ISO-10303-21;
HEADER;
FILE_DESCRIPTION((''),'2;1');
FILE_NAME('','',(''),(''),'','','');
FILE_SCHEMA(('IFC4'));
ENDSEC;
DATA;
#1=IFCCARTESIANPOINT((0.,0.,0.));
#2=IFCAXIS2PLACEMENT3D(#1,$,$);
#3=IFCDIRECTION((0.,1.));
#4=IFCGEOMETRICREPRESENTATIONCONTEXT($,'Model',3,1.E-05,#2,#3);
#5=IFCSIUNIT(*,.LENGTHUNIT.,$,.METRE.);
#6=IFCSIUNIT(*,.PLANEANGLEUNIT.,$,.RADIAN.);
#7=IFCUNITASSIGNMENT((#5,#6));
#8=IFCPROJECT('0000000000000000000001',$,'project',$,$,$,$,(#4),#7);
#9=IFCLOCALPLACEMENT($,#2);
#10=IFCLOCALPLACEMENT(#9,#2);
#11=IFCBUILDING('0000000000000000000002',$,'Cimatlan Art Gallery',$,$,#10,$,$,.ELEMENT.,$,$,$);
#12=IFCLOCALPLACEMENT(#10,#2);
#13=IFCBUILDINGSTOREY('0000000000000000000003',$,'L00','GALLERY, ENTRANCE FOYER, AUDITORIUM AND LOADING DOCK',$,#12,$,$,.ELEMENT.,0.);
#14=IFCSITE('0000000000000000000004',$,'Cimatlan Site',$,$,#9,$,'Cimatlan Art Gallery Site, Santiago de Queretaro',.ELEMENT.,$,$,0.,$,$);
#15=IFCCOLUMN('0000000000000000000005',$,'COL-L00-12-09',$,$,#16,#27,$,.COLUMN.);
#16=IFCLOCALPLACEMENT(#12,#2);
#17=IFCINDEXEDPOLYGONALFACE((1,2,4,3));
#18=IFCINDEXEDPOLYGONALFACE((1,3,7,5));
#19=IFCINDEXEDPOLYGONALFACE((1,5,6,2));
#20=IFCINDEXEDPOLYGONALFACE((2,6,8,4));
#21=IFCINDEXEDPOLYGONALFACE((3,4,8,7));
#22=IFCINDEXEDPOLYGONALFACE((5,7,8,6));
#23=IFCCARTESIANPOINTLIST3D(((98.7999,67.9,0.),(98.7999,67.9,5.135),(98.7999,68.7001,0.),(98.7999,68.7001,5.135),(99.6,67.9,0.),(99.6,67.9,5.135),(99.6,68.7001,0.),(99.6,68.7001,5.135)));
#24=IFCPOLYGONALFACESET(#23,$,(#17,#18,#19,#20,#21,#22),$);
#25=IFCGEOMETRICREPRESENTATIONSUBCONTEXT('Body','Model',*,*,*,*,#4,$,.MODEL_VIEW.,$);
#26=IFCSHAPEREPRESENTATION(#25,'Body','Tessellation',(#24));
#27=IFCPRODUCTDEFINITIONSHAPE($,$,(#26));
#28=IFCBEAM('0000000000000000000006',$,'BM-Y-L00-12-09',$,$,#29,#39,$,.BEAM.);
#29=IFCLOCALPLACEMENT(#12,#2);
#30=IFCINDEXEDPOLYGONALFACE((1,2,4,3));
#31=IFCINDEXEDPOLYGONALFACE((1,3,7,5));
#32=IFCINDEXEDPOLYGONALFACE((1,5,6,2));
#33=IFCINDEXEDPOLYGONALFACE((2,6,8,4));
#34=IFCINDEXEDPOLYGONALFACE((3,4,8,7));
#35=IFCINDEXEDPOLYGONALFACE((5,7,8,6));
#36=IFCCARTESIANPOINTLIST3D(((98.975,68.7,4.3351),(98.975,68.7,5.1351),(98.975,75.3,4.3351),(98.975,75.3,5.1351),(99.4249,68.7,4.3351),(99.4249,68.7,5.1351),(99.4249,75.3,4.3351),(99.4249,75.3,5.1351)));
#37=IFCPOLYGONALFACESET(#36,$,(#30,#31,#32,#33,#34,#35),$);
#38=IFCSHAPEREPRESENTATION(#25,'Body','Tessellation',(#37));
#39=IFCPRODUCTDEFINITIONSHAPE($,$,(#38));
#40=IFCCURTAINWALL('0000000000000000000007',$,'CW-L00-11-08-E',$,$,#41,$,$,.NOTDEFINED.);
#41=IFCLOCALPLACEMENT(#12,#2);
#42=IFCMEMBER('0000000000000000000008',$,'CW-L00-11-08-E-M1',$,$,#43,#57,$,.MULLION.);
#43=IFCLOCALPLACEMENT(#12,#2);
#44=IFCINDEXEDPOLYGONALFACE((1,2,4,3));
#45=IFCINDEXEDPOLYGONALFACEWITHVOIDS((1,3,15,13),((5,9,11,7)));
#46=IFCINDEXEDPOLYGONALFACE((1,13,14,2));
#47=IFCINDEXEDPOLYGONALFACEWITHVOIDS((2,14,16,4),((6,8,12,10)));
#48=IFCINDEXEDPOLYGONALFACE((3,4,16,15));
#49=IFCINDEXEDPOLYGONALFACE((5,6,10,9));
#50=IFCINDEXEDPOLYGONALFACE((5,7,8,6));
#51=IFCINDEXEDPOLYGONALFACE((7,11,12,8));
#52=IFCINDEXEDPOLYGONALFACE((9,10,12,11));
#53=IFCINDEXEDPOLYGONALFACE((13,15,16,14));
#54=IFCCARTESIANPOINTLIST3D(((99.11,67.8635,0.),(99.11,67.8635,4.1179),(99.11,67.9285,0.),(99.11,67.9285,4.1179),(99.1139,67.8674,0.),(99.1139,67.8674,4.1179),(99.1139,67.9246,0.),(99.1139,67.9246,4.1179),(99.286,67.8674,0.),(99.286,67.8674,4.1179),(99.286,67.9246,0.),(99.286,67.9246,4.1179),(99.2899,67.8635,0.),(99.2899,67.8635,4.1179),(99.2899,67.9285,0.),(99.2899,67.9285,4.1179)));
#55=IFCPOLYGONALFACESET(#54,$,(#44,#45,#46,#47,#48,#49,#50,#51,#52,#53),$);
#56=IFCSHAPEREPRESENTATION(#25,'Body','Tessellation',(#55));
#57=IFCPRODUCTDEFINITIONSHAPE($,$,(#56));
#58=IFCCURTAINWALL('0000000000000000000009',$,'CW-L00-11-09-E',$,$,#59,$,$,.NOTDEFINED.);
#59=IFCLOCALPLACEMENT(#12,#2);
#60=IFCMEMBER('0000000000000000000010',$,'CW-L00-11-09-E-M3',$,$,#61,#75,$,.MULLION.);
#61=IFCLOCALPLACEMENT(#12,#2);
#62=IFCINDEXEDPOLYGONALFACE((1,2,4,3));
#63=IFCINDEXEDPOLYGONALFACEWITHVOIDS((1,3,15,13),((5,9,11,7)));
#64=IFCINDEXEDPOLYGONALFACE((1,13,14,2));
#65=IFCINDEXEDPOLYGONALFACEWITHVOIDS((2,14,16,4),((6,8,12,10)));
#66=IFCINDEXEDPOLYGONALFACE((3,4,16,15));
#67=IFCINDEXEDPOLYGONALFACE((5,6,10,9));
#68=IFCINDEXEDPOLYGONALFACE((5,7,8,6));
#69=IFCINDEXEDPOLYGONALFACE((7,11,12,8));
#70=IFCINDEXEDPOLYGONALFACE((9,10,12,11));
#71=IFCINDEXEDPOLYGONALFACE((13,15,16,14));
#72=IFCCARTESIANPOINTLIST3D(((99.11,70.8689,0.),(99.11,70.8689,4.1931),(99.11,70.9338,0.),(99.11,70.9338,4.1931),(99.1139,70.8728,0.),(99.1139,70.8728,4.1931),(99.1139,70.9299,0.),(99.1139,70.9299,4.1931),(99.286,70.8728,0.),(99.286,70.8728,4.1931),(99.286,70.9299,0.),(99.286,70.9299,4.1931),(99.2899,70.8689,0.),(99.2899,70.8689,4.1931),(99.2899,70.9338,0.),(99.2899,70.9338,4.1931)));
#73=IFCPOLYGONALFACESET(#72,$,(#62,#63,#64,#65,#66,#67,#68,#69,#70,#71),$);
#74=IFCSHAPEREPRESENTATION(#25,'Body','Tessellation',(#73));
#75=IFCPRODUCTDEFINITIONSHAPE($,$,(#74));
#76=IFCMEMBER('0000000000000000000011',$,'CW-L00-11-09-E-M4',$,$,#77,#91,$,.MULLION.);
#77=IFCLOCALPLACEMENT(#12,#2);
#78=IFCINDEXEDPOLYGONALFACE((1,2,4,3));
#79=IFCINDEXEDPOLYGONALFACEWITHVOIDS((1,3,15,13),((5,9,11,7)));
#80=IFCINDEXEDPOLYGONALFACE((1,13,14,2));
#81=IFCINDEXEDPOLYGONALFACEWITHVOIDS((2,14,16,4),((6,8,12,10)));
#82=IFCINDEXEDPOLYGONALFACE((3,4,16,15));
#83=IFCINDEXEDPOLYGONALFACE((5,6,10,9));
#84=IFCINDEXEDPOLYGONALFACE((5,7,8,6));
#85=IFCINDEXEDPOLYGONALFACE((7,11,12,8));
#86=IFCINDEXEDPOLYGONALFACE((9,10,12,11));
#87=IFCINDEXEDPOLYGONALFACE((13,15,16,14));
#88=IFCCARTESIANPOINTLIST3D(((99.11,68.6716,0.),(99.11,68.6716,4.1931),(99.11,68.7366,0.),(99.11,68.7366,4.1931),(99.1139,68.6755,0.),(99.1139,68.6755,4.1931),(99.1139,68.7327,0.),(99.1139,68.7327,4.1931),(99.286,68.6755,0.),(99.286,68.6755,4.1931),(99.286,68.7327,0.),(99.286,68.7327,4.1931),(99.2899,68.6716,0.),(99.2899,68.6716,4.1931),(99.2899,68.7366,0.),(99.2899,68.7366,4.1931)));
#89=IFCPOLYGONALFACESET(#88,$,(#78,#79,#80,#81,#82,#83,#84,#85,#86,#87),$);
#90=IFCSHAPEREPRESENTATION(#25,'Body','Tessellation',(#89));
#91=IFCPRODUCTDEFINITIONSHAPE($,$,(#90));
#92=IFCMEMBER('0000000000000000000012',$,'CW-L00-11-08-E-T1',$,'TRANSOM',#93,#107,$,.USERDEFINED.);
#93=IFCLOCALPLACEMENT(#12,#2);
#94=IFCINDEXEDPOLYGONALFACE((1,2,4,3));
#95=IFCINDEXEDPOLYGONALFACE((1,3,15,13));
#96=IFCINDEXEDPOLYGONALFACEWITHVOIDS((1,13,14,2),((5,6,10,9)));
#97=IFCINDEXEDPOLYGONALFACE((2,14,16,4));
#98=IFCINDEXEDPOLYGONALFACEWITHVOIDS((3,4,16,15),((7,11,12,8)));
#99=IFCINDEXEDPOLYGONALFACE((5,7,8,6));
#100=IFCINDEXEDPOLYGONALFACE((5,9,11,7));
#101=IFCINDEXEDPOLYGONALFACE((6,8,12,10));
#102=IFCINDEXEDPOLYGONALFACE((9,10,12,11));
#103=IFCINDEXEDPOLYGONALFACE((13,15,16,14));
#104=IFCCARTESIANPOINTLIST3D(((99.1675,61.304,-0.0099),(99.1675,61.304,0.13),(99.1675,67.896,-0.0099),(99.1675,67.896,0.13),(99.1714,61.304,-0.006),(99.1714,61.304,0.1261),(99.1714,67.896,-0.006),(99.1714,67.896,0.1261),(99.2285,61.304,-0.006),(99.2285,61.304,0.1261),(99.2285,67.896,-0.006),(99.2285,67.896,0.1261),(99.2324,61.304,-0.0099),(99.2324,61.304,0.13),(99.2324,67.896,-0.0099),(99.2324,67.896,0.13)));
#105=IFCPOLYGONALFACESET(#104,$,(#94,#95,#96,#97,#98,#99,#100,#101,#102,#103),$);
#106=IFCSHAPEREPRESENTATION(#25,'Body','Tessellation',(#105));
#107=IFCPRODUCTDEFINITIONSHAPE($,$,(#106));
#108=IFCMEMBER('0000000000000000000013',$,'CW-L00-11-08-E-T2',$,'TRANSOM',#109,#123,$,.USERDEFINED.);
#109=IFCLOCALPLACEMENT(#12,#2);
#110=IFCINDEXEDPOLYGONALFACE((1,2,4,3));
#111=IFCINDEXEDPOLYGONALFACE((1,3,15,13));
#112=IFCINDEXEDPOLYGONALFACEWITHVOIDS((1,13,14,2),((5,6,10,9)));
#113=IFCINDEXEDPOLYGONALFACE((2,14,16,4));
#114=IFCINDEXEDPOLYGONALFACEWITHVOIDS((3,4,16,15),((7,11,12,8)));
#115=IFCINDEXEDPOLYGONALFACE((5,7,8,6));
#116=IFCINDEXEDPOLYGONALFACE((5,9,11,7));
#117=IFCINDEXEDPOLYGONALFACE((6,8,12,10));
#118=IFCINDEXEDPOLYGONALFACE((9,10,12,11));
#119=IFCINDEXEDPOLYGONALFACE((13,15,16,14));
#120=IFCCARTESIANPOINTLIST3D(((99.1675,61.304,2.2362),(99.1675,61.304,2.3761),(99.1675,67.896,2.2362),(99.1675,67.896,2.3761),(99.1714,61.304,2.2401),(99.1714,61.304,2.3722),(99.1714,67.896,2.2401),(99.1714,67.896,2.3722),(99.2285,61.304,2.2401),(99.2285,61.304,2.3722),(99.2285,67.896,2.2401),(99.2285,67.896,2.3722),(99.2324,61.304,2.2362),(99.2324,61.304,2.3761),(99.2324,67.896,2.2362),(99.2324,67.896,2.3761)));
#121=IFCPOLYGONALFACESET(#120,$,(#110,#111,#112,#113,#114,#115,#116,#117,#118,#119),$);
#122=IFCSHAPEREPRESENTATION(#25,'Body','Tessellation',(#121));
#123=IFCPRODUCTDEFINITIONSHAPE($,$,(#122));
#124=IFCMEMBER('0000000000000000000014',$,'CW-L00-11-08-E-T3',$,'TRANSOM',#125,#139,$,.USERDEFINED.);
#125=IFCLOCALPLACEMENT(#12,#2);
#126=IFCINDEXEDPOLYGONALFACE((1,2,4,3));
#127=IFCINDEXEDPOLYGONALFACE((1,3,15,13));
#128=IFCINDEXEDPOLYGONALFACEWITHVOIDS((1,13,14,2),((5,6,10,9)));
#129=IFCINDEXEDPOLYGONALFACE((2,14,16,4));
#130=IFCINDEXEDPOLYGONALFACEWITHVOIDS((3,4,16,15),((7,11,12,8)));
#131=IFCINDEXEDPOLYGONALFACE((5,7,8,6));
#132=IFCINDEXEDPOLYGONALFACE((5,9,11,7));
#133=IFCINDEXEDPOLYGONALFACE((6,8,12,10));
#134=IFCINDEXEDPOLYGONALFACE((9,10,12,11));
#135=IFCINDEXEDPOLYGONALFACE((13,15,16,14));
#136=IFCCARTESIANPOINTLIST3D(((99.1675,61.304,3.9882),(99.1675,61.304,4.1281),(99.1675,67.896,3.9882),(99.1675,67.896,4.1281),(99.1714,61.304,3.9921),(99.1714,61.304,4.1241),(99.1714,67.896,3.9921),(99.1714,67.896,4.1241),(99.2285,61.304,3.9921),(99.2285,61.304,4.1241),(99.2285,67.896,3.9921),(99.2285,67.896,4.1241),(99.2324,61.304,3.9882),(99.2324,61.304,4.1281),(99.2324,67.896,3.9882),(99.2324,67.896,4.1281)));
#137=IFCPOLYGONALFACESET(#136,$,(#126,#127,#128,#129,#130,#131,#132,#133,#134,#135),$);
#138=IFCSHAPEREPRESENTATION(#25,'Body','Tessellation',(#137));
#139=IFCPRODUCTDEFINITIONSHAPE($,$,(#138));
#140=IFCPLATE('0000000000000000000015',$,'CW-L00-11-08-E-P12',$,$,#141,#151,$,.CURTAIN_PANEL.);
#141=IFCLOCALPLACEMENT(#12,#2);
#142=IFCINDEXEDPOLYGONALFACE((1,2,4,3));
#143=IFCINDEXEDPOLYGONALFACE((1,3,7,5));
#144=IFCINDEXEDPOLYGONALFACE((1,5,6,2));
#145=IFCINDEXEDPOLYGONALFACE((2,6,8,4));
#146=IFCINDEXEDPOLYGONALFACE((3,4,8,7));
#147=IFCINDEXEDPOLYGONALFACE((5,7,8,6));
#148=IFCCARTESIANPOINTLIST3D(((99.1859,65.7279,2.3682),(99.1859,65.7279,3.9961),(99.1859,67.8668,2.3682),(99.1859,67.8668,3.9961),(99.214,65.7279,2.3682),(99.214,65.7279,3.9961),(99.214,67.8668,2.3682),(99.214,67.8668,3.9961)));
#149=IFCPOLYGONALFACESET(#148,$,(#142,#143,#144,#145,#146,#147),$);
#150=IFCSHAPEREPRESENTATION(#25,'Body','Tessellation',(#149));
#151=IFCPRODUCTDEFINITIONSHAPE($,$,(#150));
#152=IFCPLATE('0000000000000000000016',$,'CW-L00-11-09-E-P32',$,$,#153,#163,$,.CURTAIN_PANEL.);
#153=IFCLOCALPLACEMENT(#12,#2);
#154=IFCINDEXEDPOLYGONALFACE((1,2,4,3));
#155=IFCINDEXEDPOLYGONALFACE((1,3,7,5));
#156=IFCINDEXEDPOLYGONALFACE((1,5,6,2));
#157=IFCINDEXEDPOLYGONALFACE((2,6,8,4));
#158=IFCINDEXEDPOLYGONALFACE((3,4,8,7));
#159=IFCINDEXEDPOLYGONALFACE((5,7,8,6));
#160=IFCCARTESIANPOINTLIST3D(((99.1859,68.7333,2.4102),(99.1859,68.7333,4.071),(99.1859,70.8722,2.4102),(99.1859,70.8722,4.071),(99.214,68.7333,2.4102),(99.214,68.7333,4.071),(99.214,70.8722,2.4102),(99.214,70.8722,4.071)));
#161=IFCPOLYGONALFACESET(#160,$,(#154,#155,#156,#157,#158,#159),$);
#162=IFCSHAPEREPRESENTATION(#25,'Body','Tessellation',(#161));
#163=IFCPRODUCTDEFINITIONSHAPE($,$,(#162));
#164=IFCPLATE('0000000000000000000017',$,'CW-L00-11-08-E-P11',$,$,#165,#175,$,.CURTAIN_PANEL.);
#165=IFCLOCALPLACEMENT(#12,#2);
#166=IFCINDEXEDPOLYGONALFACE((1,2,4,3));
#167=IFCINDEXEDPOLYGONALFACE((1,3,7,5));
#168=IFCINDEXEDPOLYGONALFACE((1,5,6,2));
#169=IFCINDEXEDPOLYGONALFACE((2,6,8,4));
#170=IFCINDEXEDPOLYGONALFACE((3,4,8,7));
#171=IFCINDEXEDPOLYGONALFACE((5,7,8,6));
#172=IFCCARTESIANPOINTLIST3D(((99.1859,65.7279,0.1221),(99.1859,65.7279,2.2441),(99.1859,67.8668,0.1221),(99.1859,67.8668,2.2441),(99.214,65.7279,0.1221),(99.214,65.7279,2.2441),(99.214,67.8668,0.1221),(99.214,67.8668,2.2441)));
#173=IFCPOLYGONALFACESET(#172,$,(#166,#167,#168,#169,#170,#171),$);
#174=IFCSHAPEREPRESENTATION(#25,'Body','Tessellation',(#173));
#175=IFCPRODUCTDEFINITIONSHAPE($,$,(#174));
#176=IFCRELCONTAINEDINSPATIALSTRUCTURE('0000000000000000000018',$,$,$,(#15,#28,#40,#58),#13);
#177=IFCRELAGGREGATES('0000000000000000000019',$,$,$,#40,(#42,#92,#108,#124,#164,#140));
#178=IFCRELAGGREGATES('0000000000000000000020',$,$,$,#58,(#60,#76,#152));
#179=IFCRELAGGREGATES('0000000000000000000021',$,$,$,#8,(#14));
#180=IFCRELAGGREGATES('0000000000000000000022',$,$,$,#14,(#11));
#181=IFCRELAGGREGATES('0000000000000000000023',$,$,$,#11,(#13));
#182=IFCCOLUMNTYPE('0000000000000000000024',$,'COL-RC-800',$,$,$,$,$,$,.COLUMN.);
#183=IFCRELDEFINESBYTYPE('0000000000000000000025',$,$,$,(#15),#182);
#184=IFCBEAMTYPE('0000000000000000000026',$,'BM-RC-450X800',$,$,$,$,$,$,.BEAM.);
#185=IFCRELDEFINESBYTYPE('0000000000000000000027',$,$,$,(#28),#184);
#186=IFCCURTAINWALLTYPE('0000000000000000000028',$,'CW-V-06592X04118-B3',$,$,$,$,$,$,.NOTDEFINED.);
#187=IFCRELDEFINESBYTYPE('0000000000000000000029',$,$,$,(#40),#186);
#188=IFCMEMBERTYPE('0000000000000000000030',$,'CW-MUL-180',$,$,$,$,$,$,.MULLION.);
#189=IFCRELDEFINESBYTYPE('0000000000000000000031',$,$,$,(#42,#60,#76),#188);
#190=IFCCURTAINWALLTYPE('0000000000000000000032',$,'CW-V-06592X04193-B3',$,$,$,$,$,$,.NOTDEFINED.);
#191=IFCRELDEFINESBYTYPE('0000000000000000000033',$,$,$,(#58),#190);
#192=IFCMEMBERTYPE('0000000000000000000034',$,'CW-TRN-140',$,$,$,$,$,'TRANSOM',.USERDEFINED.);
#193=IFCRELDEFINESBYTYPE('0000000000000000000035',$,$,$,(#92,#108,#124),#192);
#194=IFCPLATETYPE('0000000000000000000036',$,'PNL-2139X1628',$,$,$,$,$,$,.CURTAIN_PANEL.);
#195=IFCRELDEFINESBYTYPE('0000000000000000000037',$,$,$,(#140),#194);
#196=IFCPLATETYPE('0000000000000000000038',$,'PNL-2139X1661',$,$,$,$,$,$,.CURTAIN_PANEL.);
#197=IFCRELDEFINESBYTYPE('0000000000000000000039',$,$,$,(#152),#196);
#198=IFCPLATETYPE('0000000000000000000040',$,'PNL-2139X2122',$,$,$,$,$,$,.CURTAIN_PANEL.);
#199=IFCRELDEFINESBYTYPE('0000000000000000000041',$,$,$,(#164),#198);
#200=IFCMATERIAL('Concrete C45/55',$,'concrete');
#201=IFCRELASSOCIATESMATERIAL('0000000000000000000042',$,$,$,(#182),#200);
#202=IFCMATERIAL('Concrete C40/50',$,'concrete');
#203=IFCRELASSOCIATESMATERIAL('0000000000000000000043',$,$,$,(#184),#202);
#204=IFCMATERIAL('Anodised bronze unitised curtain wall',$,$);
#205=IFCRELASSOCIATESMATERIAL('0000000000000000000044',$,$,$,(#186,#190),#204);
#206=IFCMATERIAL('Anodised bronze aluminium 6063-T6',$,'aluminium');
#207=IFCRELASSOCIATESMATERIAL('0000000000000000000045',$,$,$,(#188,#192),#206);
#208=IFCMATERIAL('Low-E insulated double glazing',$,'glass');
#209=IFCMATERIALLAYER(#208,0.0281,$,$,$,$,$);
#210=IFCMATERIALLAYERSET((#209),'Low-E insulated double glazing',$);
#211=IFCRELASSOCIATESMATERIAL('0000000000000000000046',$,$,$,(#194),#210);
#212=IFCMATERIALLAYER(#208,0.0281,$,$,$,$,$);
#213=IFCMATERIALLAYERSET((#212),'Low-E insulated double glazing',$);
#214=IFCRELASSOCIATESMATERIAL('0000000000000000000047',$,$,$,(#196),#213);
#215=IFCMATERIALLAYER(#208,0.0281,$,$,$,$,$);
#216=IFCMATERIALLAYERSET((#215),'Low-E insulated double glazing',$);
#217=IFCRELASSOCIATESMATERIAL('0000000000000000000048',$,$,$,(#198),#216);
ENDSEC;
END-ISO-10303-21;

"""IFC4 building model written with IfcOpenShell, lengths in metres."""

from ifc_helpers import new_model, si_unit, direction, frame, origin, origin_2d, place, context, subcontext, project, spatial, rectangle, hollow_rectangle, extrude, material, layer, layer_set, material_profile, profile_set, type_object, element, aggregate, save


model = new_model("IFC4")

# Units and contexts
model_context = context("Model", 3, precision=1e-05, world=origin(), true_north=direction((0.0, 1.0)))
body_context = subcontext(model_context, "Body", "Model", "MODEL_VIEW")
ifc_project = project(units=[si_unit("LENGTHUNIT", "METRE"), si_unit("PLANEANGLEUNIT", "RADIAN")], contexts=[model_context])

# Site, building, storey
site_placement = place(None, origin())
site = spatial("IfcSite", under=ifc_project, at=site_placement, Name="Cimatlan Site", LongName="Cimatlan Art Gallery Site, Santiago de Queretaro", CompositionType="ELEMENT", RefElevation=0.0)
building_placement = place(site_placement, origin())
building = spatial("IfcBuilding", under=site, at=building_placement, Name="Cimatlan Art Gallery", CompositionType="ELEMENT")
storey_placement = place(building_placement, origin())
storey = spatial("IfcBuildingStorey", under=building, at=storey_placement, Name="L00", Description="GALLERY, ENTRANCE FOYER, AUDITORIUM AND LOADING DOCK", CompositionType="ELEMENT", Elevation=0.0)

# Column
ifc_material_1 = material(Name="Concrete C45/55", Category="concrete")
ifc_material_profile_1 = material_profile(ifc_material_1, rectangle(XDim=0.8, YDim=0.8, at=origin_2d()), Name="RC800X800")
ifc_profile_set_1 = profile_set([ifc_material_profile_1], Name="Concrete C45/55")
column_type = type_object("IfcColumnType", Name="COL-RC-800", PredefinedType="COLUMN", material=ifc_profile_set_1)
column_placement = place(storey_placement, frame((99.2, 68.3, 0.0), z_axis=(0.0, 0.0, 1.0), x_axis=(1.0, 0.0, 0.0)))
element("IfcColumn", 1, at=column_placement, inside=storey, type_object=column_type, Name="COL-L00-12-09", PredefinedType="COLUMN", context=body_context, shape_type="SweptSolid", body=[
    extrude(rectangle(XDim=0.8, YDim=0.8, at=origin_2d()), origin(), (0.0, 0.0, 1.0), 5.135),
])

# Beam
ifc_material_2 = material(Name="Concrete C40/50", Category="concrete")
ifc_material_profile_2 = material_profile(ifc_material_2, rectangle(XDim=0.45, YDim=0.8, at=origin_2d()), Name="RC450X800")
ifc_profile_set_2 = profile_set([ifc_material_profile_2], Name="Concrete C40/50")
beam_type = type_object("IfcBeamType", Name="BM-RC-450X800", PredefinedType="BEAM", material=ifc_profile_set_2)
beam_placement = place(storey_placement, frame((99.2, 68.7, 4.7351), z_axis=(0.0, 1.0, 0.0), x_axis=(-1.0, 0.0, 0.0)))
element("IfcBeam", 2, at=beam_placement, inside=storey, type_object=beam_type, Name="BM-Y-L00-12-09", PredefinedType="BEAM", context=body_context, shape_type="SweptSolid", body=[
    extrude(rectangle(XDim=0.45, YDim=0.8, at=origin_2d()), origin(), (0.0, 0.0, 1.0), 6.6001),
])

# Curtain wall, member
ifc_material_3 = material(Name="Anodised bronze unitised curtain wall")
curtain_wall_type_1 = type_object("IfcCurtainWallType", Name="CW-V-06592X04118-B3", PredefinedType="NOTDEFINED", material=ifc_material_3)
curtain_wall_1_placement = place(storey_placement, origin())
curtain_wall_1 = element("IfcCurtainWall", 3, at=curtain_wall_1_placement, inside=storey, type_object=curtain_wall_type_1, Name="CW-L00-11-08-E", PredefinedType="NOTDEFINED")
ifc_material_4 = material(Name="Anodised bronze aluminium 6063-T6", Category="aluminium")
ifc_material_profile_3 = material_profile(ifc_material_4, hollow_rectangle(XDim=0.0649, YDim=0.1799, WallThickness=0.0039, at=origin_2d()), Name="ALU65X180X4")
ifc_profile_set_3 = profile_set([ifc_material_profile_3], Name="Anodised bronze aluminium 6063-T6")
member_type_1 = type_object("IfcMemberType", Name="CW-MUL-180", PredefinedType="MULLION", material=ifc_profile_set_3)
member_1_placement = place(storey_placement, frame((99.2, 67.896, 0.0), z_axis=(0.0, 0.0, 1.0), x_axis=(0.0, 1.0, 0.0)))
member_1 = element("IfcMember", 4, at=member_1_placement, type_object=member_type_1, Name="CW-L00-11-08-E-M1", PredefinedType="MULLION", context=body_context, shape_type="SweptSolid", body=[
    extrude(hollow_rectangle(XDim=0.0649, YDim=0.1799, WallThickness=0.0039, at=origin_2d()), origin(), (0.0, 0.0, 1.0), 4.1179),
])

# Curtain wall, members
curtain_wall_type_2 = type_object("IfcCurtainWallType", Name="CW-V-06592X04193-B3", PredefinedType="NOTDEFINED", material=ifc_material_3)
curtain_wall_2_placement = place(storey_placement, origin())
curtain_wall_2 = element("IfcCurtainWall", 5, at=curtain_wall_2_placement, inside=storey, type_object=curtain_wall_type_2, Name="CW-L00-11-09-E", PredefinedType="NOTDEFINED")
member_2_placement = place(storey_placement, frame((99.2, 70.9014, 0.0), z_axis=(0.0, 0.0, 1.0), x_axis=(0.0, 1.0, 0.0)))
member_2 = element("IfcMember", 6, at=member_2_placement, type_object=member_type_1, Name="CW-L00-11-09-E-M3", PredefinedType="MULLION", context=body_context, shape_type="SweptSolid", body=[
    extrude(hollow_rectangle(XDim=0.0649, YDim=0.1799, WallThickness=0.0039, at=origin_2d()), origin(), (0.0, 0.0, 1.0), 4.1931),
])
member_3_placement = place(storey_placement, frame((99.2, 68.7041, 0.0), z_axis=(0.0, 0.0, 1.0), x_axis=(0.0, 1.0, 0.0)))
member_3 = element("IfcMember", 7, at=member_3_placement, type_object=member_type_1, Name="CW-L00-11-09-E-M4", PredefinedType="MULLION", context=body_context, shape_type="SweptSolid", body=[
    extrude(hollow_rectangle(XDim=0.0649, YDim=0.1799, WallThickness=0.0039, at=origin_2d()), origin(), (0.0, 0.0, 1.0), 4.1931),
])

# Members
ifc_material_profile_4 = material_profile(ifc_material_4, hollow_rectangle(XDim=0.0649, YDim=0.1399, WallThickness=0.0039, at=origin_2d()), Name="ALU65X140X4")
ifc_profile_set_4 = profile_set([ifc_material_profile_4], Name="Anodised bronze aluminium 6063-T6")
member_type_2 = type_object("IfcMemberType", Name="CW-TRN-140", ElementType="TRANSOM", PredefinedType="USERDEFINED", material=ifc_profile_set_4)
member_4_placement = place(storey_placement, frame((99.2, 67.896, 0.0601), z_axis=(0.0, -1.0, 0.0), x_axis=(1.0, 0.0, 0.0)))
member_4 = element("IfcMember", 8, at=member_4_placement, type_object=member_type_2, Name="CW-L00-11-08-E-T1", ObjectType="TRANSOM", PredefinedType="USERDEFINED", context=body_context, shape_type="SweptSolid", body=[
    extrude(hollow_rectangle(XDim=0.0649, YDim=0.1399, WallThickness=0.0039, at=origin_2d()), origin(), (0.0, 0.0, 1.0), 6.592),
])
member_5_placement = place(storey_placement, frame((99.2, 67.896, 2.3062), z_axis=(0.0, -1.0, 0.0), x_axis=(1.0, 0.0, 0.0)))
member_5 = element("IfcMember", 9, at=member_5_placement, type_object=member_type_2, Name="CW-L00-11-08-E-T2", ObjectType="TRANSOM", PredefinedType="USERDEFINED", context=body_context, shape_type="SweptSolid", body=[
    extrude(hollow_rectangle(XDim=0.0649, YDim=0.1399, WallThickness=0.0039, at=origin_2d()), origin(), (0.0, 0.0, 1.0), 6.592),
])
member_6_placement = place(storey_placement, frame((99.2, 67.896, 4.0581), z_axis=(0.0, -1.0, 0.0), x_axis=(1.0, 0.0, 0.0)))
member_6 = element("IfcMember", 10, at=member_6_placement, type_object=member_type_2, Name="CW-L00-11-08-E-T3", ObjectType="TRANSOM", PredefinedType="USERDEFINED", context=body_context, shape_type="SweptSolid", body=[
    extrude(hollow_rectangle(XDim=0.0649, YDim=0.1399, WallThickness=0.0039, at=origin_2d()), origin(), (0.0, 0.0, 1.0), 6.592),
])

# Plates
ifc_material_5 = material(Name="Low-E insulated double glazing", Category="glass")
ifc_layer_1 = layer(ifc_material_5, 0.0281)
ifc_layer_set_1 = layer_set([ifc_layer_1], Name="Low-E insulated double glazing")
plate_type_1 = type_object("IfcPlateType", Name="PNL-2139X1628", PredefinedType="CURTAIN_PANEL", material=ifc_layer_set_1)
plate_1_placement = place(storey_placement, frame((99.2, 66.7974, 2.3682), z_axis=(0.0, 0.0, 1.0), x_axis=(0.0, -1.0, 0.0)))
plate_1 = element("IfcPlate", 11, at=plate_1_placement, type_object=plate_type_1, Name="CW-L00-11-08-E-P12", PredefinedType="CURTAIN_PANEL", context=body_context, shape_type="SweptSolid", body=[
    extrude(rectangle(XDim=2.1389, YDim=0.0281, at=origin_2d()), origin(), (0.0, 0.0, 1.0), 1.6279),
])
ifc_layer_2 = layer(ifc_material_5, 0.0281)
ifc_layer_set_2 = layer_set([ifc_layer_2], Name="Low-E insulated double glazing")
plate_type_2 = type_object("IfcPlateType", Name="PNL-2139X1661", PredefinedType="CURTAIN_PANEL", material=ifc_layer_set_2)
plate_2_placement = place(storey_placement, frame((99.2, 69.8027, 2.4102), z_axis=(0.0, 0.0, 1.0), x_axis=(0.0, -1.0, 0.0)))
plate_2 = element("IfcPlate", 12, at=plate_2_placement, type_object=plate_type_2, Name="CW-L00-11-09-E-P32", PredefinedType="CURTAIN_PANEL", context=body_context, shape_type="SweptSolid", body=[
    extrude(rectangle(XDim=2.1389, YDim=0.0281, at=origin_2d()), origin(), (0.0, 0.0, 1.0), 1.6609),
])
ifc_layer_3 = layer(ifc_material_5, 0.0281)
ifc_layer_set_3 = layer_set([ifc_layer_3], Name="Low-E insulated double glazing")
plate_type_3 = type_object("IfcPlateType", Name="PNL-2139X2122", PredefinedType="CURTAIN_PANEL", material=ifc_layer_set_3)
plate_3_placement = place(storey_placement, frame((99.2, 66.7974, 0.1221), z_axis=(0.0, 0.0, 1.0), x_axis=(0.0, -1.0, 0.0)))
plate_3 = element("IfcPlate", 13, at=plate_3_placement, type_object=plate_type_3, Name="CW-L00-11-08-E-P11", PredefinedType="CURTAIN_PANEL", context=body_context, shape_type="SweptSolid", body=[
    extrude(rectangle(XDim=2.1389, YDim=0.0281, at=origin_2d()), origin(), (0.0, 0.0, 1.0), 2.1221),
])
aggregate(curtain_wall_1, [member_1, member_4, member_5, member_6, plate_3, plate_1])
aggregate(curtain_wall_2, [member_2, member_3, plate_2])

save(model, "model.ifc")
